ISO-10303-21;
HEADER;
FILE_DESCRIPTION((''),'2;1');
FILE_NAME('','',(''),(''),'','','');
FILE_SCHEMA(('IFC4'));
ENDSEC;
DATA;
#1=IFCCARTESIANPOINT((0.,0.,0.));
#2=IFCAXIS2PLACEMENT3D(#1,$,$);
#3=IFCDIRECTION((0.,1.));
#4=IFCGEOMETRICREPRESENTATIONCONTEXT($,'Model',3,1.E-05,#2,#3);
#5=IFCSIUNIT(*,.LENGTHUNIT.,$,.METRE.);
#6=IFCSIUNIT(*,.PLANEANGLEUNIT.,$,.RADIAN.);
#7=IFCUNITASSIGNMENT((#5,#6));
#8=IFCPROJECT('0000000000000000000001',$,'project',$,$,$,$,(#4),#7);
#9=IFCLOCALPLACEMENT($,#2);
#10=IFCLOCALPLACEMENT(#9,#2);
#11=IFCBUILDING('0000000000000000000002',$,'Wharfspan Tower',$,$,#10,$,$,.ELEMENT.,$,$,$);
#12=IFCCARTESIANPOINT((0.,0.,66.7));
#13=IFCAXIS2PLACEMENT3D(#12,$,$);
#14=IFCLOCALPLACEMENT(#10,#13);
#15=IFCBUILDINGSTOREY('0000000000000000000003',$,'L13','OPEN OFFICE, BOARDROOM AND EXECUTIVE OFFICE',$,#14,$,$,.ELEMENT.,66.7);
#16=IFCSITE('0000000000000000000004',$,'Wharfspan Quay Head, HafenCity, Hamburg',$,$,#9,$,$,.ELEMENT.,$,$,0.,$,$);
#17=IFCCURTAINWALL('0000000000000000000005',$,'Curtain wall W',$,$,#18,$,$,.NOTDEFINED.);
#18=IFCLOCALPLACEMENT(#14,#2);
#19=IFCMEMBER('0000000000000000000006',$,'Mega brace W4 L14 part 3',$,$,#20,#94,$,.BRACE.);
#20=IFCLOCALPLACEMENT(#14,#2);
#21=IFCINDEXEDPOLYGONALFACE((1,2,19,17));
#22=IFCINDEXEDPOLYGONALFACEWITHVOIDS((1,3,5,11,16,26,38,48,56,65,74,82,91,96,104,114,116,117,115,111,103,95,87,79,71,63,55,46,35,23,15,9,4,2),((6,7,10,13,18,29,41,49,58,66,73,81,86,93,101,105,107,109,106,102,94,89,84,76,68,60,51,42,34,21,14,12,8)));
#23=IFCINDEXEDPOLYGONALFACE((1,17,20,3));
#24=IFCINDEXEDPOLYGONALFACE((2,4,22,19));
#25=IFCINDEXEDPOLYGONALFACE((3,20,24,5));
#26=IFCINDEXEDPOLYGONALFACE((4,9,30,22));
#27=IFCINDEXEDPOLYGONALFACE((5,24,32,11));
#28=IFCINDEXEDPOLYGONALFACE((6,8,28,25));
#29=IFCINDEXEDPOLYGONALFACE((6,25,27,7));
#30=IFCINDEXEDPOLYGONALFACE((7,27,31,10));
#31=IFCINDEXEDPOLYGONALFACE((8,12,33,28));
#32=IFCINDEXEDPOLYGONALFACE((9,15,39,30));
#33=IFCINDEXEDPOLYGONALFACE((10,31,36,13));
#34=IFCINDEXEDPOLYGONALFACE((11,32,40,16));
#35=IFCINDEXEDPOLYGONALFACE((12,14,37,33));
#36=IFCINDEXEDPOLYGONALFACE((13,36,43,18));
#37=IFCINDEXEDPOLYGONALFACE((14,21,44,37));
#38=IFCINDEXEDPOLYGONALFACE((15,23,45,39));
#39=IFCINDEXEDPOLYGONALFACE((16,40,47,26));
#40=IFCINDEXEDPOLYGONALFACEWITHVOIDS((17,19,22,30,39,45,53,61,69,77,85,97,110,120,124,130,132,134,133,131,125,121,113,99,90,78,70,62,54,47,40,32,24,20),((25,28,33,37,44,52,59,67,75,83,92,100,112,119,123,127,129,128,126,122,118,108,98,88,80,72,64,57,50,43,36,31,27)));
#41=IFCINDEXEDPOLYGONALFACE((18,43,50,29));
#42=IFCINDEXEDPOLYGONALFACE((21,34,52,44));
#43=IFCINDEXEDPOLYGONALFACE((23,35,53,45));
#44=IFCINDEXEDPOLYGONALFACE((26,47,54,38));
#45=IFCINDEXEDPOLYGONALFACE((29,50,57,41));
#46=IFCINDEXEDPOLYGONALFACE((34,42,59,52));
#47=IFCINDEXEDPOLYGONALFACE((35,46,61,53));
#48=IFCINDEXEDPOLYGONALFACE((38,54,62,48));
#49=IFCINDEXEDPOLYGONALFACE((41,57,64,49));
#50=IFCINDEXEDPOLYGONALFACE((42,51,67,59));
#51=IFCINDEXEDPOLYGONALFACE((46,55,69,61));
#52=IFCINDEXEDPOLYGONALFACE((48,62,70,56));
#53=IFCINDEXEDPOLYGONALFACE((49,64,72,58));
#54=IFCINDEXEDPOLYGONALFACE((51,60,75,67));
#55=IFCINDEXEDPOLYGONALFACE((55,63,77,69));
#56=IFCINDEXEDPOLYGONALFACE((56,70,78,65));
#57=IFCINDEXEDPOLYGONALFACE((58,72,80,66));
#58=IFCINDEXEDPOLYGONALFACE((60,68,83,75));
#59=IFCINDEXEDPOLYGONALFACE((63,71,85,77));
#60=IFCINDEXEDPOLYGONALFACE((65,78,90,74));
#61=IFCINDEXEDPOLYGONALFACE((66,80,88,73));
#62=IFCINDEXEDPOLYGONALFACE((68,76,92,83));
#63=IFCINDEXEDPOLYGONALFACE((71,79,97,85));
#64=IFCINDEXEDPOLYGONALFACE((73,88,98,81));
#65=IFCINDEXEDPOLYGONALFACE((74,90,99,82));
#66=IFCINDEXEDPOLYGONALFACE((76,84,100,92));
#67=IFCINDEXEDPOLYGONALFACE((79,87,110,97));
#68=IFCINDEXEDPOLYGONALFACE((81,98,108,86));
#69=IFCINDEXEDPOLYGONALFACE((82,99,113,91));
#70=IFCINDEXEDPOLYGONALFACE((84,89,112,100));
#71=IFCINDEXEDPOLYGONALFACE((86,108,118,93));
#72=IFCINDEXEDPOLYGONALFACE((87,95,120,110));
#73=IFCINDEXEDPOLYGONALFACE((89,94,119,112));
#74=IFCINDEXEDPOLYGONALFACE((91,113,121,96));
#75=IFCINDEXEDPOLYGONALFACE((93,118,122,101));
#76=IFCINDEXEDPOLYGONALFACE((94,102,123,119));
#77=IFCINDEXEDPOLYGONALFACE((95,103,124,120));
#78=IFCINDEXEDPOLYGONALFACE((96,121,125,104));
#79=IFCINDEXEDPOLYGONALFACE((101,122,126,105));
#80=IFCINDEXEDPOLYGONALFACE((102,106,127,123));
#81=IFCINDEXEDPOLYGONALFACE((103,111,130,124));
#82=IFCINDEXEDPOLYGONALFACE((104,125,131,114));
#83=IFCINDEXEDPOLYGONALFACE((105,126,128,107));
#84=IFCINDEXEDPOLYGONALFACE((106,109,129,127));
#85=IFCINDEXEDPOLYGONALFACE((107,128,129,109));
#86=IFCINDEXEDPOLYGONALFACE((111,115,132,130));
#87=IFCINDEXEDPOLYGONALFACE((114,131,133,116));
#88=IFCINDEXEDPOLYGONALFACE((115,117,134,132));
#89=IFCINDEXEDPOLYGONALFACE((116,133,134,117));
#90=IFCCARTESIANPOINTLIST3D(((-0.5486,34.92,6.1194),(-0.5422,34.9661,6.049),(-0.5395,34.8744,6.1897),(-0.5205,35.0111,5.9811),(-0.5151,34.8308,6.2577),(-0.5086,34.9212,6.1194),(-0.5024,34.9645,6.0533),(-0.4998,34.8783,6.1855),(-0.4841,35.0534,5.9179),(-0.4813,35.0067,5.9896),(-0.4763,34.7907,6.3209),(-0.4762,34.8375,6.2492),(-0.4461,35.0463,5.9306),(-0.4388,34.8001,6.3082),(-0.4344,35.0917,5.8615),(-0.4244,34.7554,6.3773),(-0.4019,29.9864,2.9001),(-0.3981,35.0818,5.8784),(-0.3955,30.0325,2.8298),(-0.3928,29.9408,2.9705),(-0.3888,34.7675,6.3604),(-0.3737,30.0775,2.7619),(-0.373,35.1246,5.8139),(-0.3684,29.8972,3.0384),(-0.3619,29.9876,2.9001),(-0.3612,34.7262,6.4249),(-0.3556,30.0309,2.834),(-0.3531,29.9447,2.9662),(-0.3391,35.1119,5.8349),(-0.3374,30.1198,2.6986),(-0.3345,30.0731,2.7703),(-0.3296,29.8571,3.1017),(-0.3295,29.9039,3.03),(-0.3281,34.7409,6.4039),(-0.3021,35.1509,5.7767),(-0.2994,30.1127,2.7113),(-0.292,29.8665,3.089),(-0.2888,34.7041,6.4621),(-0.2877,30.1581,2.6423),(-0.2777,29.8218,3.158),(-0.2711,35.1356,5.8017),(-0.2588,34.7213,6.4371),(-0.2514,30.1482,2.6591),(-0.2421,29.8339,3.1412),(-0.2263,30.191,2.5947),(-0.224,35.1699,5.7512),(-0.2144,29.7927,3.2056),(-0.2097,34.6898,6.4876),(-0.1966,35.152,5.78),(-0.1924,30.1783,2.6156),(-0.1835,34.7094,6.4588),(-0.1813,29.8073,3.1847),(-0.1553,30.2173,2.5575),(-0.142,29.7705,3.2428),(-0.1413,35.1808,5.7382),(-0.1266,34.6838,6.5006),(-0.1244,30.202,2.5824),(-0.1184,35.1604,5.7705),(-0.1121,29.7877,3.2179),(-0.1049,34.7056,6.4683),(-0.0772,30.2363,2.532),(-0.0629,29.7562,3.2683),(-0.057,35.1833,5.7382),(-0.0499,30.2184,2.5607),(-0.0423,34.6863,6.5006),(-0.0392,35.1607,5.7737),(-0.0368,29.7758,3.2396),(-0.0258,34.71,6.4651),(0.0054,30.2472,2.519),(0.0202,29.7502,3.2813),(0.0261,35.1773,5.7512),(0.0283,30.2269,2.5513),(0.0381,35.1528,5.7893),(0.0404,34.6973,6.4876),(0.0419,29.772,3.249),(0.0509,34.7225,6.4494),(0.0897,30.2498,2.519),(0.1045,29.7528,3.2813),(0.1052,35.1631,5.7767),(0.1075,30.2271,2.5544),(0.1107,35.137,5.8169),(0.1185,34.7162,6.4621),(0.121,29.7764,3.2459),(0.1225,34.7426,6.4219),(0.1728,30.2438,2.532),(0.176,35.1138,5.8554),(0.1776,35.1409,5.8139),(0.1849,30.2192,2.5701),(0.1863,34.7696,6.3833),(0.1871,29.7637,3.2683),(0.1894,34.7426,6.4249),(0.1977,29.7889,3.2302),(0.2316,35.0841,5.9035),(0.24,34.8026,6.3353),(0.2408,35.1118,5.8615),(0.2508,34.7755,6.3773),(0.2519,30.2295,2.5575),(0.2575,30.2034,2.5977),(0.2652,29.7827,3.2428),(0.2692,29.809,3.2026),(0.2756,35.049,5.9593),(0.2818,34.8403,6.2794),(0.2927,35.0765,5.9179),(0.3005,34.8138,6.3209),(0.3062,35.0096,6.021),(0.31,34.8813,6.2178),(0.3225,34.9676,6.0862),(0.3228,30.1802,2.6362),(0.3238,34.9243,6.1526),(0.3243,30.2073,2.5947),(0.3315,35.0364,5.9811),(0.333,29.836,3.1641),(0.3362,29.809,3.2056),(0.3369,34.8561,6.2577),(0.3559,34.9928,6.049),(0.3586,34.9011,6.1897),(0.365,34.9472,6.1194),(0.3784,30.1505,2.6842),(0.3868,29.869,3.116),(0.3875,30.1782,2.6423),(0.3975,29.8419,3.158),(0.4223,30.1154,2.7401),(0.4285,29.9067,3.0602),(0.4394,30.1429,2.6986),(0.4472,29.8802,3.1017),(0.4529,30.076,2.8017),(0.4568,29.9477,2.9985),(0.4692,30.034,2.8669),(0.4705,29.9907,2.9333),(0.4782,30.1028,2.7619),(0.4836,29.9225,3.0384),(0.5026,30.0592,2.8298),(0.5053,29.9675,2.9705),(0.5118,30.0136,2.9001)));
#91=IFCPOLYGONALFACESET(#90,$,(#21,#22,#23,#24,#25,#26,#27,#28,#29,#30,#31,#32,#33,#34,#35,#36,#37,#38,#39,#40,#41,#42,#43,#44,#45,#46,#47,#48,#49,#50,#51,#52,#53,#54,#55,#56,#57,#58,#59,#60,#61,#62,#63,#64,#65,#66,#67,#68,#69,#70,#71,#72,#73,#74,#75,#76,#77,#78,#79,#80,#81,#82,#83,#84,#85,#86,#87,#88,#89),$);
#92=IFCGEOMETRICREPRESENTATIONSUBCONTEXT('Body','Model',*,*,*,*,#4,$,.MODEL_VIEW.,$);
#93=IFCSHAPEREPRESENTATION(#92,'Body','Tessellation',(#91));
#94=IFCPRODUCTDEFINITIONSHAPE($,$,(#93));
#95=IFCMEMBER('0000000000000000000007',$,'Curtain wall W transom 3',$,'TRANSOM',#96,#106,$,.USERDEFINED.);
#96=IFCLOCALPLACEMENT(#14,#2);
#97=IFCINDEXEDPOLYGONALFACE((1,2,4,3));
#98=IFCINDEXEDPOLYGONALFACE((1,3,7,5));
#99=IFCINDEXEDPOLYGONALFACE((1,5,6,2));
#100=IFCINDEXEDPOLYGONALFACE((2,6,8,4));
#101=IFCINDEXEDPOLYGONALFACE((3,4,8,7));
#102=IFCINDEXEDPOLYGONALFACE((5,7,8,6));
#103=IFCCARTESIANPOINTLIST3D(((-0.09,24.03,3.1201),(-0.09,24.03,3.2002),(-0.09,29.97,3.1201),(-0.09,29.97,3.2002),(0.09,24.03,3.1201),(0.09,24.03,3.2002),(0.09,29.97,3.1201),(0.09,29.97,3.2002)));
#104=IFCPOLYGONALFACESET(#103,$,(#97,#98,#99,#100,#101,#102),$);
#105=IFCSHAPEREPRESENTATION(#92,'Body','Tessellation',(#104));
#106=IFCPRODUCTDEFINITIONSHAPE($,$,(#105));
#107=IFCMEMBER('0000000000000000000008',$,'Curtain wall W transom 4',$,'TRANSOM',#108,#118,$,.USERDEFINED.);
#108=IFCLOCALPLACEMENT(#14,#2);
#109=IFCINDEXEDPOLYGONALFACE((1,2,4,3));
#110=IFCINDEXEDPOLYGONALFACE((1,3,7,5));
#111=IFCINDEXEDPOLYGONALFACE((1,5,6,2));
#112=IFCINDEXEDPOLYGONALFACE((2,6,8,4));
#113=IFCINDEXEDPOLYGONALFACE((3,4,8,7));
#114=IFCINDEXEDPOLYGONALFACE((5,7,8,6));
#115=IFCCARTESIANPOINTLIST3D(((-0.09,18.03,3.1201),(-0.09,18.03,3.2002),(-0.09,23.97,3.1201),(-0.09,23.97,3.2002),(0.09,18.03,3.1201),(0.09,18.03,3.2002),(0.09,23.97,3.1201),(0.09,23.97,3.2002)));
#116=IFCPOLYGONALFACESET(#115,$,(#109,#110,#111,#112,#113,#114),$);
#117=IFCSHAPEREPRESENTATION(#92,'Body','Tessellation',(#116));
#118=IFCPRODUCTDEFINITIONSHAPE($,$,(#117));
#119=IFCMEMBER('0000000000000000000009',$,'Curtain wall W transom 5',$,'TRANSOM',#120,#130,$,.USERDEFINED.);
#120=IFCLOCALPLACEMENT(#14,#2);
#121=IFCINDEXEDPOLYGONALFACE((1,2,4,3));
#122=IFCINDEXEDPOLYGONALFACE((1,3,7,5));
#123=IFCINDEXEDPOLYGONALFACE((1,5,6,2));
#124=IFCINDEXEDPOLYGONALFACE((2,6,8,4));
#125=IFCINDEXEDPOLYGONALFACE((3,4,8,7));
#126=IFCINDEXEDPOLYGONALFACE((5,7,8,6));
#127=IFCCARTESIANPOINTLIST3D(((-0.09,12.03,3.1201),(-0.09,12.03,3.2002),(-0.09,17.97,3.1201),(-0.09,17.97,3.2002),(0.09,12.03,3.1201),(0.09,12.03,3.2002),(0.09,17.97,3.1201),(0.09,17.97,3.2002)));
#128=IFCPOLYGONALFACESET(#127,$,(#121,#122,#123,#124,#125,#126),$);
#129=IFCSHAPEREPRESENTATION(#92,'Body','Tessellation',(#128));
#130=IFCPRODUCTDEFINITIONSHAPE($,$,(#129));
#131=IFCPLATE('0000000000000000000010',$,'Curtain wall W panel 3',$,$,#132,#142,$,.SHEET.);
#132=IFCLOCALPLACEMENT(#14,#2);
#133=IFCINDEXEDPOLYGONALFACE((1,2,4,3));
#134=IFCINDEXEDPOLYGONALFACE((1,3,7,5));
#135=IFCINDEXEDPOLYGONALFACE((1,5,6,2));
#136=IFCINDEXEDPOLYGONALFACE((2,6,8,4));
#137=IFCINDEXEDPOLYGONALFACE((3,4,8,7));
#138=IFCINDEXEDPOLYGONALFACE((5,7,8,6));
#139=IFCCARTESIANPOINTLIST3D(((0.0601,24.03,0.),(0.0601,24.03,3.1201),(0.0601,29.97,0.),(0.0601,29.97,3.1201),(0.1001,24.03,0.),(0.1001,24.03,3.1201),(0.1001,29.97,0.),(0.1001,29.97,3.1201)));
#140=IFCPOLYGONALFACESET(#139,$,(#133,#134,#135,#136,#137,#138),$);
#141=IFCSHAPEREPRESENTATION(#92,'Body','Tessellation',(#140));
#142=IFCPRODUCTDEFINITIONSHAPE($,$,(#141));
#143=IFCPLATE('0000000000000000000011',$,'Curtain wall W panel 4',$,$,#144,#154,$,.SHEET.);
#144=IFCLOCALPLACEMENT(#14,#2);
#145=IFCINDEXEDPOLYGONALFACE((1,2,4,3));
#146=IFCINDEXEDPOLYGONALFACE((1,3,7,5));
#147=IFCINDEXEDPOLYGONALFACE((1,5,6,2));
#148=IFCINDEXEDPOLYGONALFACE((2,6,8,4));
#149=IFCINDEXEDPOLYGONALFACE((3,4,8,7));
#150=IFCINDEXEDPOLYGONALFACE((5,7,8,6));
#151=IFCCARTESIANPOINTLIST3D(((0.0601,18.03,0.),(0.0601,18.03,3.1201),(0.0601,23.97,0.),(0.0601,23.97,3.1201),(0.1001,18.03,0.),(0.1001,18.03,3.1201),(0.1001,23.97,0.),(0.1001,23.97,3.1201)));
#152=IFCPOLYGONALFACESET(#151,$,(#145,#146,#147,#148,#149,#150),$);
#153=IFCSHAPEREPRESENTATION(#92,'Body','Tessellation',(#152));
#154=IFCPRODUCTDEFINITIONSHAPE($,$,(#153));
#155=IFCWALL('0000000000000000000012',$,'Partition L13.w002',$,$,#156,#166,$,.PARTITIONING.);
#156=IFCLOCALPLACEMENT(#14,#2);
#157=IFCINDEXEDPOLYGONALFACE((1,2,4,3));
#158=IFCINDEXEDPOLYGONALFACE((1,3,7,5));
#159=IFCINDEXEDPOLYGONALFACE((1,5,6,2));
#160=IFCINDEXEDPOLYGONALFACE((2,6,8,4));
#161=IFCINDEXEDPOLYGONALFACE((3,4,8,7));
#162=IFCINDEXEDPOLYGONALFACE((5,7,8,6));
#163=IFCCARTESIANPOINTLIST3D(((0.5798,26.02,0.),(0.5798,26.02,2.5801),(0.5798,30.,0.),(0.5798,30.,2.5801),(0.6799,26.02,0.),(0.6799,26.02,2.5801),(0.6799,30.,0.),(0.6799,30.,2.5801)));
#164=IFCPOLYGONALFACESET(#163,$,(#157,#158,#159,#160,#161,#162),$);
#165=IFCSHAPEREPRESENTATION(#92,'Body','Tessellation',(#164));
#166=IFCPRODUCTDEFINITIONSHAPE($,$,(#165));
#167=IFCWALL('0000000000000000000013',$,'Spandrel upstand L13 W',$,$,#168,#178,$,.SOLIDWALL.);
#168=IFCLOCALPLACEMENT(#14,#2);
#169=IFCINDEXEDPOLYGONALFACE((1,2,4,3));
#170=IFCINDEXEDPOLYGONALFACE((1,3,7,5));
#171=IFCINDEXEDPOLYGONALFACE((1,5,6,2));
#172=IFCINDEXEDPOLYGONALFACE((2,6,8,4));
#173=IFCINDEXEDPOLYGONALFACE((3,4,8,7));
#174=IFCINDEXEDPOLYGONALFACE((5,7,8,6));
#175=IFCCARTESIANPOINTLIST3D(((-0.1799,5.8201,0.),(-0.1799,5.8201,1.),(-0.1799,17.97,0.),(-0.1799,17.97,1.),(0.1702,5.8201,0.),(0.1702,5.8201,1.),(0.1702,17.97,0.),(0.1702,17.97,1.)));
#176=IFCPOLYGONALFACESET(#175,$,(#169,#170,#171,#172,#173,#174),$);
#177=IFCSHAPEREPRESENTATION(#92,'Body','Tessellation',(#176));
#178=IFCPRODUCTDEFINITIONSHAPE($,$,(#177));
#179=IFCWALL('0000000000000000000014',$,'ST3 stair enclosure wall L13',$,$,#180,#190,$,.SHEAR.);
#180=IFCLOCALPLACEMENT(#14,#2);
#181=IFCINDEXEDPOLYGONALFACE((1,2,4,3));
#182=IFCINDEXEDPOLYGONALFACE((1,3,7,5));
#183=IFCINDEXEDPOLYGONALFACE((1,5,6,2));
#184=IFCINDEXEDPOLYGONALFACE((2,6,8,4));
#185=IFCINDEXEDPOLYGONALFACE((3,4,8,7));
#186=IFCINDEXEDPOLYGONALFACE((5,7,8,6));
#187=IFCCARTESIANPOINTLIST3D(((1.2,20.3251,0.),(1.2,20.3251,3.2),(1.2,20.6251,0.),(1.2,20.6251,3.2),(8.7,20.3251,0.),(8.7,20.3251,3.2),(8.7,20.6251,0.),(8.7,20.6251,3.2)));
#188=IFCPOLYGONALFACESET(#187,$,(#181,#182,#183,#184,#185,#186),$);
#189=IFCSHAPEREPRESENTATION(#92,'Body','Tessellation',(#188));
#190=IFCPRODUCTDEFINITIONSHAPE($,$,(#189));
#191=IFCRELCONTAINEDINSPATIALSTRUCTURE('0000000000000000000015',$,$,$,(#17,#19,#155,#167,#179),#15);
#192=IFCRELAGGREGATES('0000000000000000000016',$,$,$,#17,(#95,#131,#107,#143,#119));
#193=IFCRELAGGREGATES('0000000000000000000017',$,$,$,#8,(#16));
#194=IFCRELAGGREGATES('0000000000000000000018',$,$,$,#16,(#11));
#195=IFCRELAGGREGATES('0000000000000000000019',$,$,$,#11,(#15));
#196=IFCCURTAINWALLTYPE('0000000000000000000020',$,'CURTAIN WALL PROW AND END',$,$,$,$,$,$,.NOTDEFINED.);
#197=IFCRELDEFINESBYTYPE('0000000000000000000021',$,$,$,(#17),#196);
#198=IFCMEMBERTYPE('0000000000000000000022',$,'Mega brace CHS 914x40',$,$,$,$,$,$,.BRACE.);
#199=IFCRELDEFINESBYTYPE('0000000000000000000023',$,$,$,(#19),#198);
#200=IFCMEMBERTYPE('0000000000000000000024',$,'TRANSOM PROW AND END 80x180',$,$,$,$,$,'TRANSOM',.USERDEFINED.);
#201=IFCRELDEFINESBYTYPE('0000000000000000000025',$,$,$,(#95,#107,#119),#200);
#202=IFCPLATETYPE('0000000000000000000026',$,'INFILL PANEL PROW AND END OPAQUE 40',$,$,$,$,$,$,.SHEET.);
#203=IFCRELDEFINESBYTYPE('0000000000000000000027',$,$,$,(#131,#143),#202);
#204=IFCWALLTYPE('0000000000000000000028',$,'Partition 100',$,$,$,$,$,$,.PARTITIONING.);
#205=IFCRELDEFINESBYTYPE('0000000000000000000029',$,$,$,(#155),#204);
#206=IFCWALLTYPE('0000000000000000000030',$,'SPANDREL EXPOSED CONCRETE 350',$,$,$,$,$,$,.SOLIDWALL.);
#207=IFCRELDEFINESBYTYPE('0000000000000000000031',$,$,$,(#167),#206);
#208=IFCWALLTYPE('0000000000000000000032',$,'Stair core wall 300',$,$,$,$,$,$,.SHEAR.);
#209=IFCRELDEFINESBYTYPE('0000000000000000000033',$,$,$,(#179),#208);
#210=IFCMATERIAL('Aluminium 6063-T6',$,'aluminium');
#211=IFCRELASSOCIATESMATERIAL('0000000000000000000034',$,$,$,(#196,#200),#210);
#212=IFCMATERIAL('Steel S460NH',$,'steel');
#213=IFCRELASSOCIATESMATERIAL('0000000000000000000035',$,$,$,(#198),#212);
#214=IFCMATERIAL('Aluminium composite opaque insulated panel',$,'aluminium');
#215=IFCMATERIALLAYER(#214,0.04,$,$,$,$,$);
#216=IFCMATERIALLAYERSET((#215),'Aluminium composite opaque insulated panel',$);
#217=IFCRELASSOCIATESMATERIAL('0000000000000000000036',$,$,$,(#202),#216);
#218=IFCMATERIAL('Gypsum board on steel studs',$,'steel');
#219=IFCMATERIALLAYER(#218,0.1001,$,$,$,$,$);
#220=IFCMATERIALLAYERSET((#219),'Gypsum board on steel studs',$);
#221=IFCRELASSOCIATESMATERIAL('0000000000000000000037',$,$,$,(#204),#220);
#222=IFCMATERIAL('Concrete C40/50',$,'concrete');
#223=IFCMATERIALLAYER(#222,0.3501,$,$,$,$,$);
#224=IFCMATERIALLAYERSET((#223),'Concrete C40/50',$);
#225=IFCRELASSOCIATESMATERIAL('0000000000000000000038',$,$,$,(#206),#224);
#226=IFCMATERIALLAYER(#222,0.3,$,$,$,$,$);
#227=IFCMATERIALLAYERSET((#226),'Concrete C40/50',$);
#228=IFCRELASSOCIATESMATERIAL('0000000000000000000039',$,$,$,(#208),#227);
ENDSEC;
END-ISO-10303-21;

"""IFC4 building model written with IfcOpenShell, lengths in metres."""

from ifc_helpers import new_model, si_unit, direction, frame, frame_2d, origin, origin_2d, place, context, subcontext, project, spatial, rectangle, hollow_circle, extrude, material, layer, layer_set, material_profile, profile_set, type_object, element, aggregate, save


model = new_model("IFC4")

# Units and contexts
model_context = context("Model", 3, precision=1e-05, world=origin(), true_north=direction((0.0, 1.0)))
body_context = subcontext(model_context, "Body", "Model", "MODEL_VIEW")
ifc_project = project(units=[si_unit("LENGTHUNIT", "METRE"), si_unit("PLANEANGLEUNIT", "RADIAN")], contexts=[model_context])

# Site, building, storey
site_placement = place(None, origin())
site = spatial("IfcSite", under=ifc_project, at=site_placement, Name="Wharfspan Quay Head, HafenCity, Hamburg", CompositionType="ELEMENT", RefElevation=0.0)
building_placement = place(site_placement, origin())
building = spatial("IfcBuilding", under=site, at=building_placement, Name="Wharfspan Tower", CompositionType="ELEMENT")
storey_placement = place(building_placement, frame((0.0, 0.0, 66.7)))
storey = spatial("IfcBuildingStorey", under=building, at=storey_placement, Name="L13", Description="OPEN OFFICE, BOARDROOM AND EXECUTIVE OFFICE", CompositionType="ELEMENT", Elevation=66.7)

# Curtain wall
ifc_material_1 = material(Name="Aluminium 6063-T6", Category="aluminium")
curtain_wall_type = type_object("IfcCurtainWallType", Name="CURTAIN WALL PROW AND END", PredefinedType="NOTDEFINED", material=ifc_material_1)
curtain_wall_placement = place(storey_placement, origin())
curtain_wall = element("IfcCurtainWall", 1, at=curtain_wall_placement, inside=storey, type_object=curtain_wall_type, Name="Curtain wall W", PredefinedType="NOTDEFINED")

# Member
ifc_material_2 = material(Name="Steel S460NH", Category="steel")
ifc_material_profile_1 = material_profile(ifc_material_2, hollow_circle(Radius=0.457, WallThickness=0.04, at=origin_2d()))
ifc_profile_set_1 = profile_set([ifc_material_profile_1], Name="Steel S460NH")
member_type_1 = type_object("IfcMemberType", Name="Mega brace CHS 914x40", PredefinedType="BRACE", material=ifc_profile_set_1)
member_1_placement = place(storey_placement, frame((0.0549, 30.0, 2.9001), z_axis=(-0.0249, 0.837221, 0.546298), x_axis=(-0.999556, -0.02973, 0.000003)))
element("IfcMember", 2, at=member_1_placement, inside=storey, type_object=member_type_1, Name="Mega brace W4 L14 part 3", PredefinedType="BRACE", context=body_context, shape_type="SweptSolid", body=[
    extrude(hollow_circle(Radius=0.457, WallThickness=0.04, at=origin_2d()), origin(), (0.0, 0.0, 1.0), 5.8928),
])

# Members
ifc_material_profile_2 = material_profile(ifc_material_1, rectangle(XDim=0.1799, YDim=0.0801, at=origin_2d()))
ifc_profile_set_2 = profile_set([ifc_material_profile_2], Name="Aluminium 6063-T6")
member_type_2 = type_object("IfcMemberType", Name="TRANSOM PROW AND END 80x180", ElementType="TRANSOM", PredefinedType="USERDEFINED", material=ifc_profile_set_2)
member_2_placement = place(storey_placement, frame((0.0, 29.97, 3.1602), z_axis=(0.0, -1.0, 0.0), x_axis=(1.0, 0.0, 0.0)))
member_2 = element("IfcMember", 3, at=member_2_placement, type_object=member_type_2, Name="Curtain wall W transom 3", ObjectType="TRANSOM", PredefinedType="USERDEFINED", context=body_context, shape_type="SweptSolid", body=[
    extrude(rectangle(XDim=0.1799, YDim=0.0801, at=origin_2d()), origin(), (0.0, 0.0, 1.0), 5.9399),
])
member_3_placement = place(storey_placement, frame((0.0, 23.97, 3.1602), z_axis=(0.0, -1.0, 0.0), x_axis=(1.0, 0.0, 0.0)))
member_3 = element("IfcMember", 4, at=member_3_placement, type_object=member_type_2, Name="Curtain wall W transom 4", ObjectType="TRANSOM", PredefinedType="USERDEFINED", context=body_context, shape_type="SweptSolid", body=[
    extrude(rectangle(XDim=0.1799, YDim=0.0801, at=origin_2d()), origin(), (0.0, 0.0, 1.0), 5.9399),
])
member_4_placement = place(storey_placement, frame((0.0, 17.97, 3.1602), z_axis=(0.0, -1.0, 0.0), x_axis=(1.0, 0.0, 0.0)))
member_4 = element("IfcMember", 5, at=member_4_placement, type_object=member_type_2, Name="Curtain wall W transom 5", ObjectType="TRANSOM", PredefinedType="USERDEFINED", context=body_context, shape_type="SweptSolid", body=[
    extrude(rectangle(XDim=0.1799, YDim=0.0801, at=origin_2d()), origin(), (0.0, 0.0, 1.0), 5.9399),
])

# Plates
ifc_material_3 = material(Name="Aluminium composite opaque insulated panel", Category="aluminium")
ifc_layer_1 = layer(ifc_material_3, 0.04)
ifc_layer_set_1 = layer_set([ifc_layer_1], Name="Aluminium composite opaque insulated panel")
plate_type = type_object("IfcPlateType", Name="INFILL PANEL PROW AND END OPAQUE 40", PredefinedType="SHEET", material=ifc_layer_set_1)
plate_1_placement = place(storey_placement, frame((0.0801, 27.0, 0.0), z_axis=(0.0, 0.0, 1.0), x_axis=(0.0, -1.0, 0.0)))
plate_1 = element("IfcPlate", 6, at=plate_1_placement, type_object=plate_type, Name="Curtain wall W panel 3", PredefinedType="SHEET", context=body_context, shape_type="SweptSolid", body=[
    extrude(rectangle(XDim=5.9399, YDim=0.04, at=origin_2d()), origin(), (0.0, 0.0, 1.0), 3.1201),
])
plate_2_placement = place(storey_placement, frame((0.0801, 21.0, 0.0), z_axis=(0.0, 0.0, 1.0), x_axis=(0.0, -1.0, 0.0)))
plate_2 = element("IfcPlate", 7, at=plate_2_placement, type_object=plate_type, Name="Curtain wall W panel 4", PredefinedType="SHEET", context=body_context, shape_type="SweptSolid", body=[
    extrude(rectangle(XDim=5.9399, YDim=0.04, at=origin_2d()), origin(), (0.0, 0.0, 1.0), 3.1201),
])
aggregate(curtain_wall, [member_2, plate_1, member_3, plate_2, member_4])

# Walls
ifc_material_4 = material(Name="Gypsum board on steel studs", Category="steel")
ifc_layer_2 = layer(ifc_material_4, 0.1001)
ifc_layer_set_2 = layer_set([ifc_layer_2], Name="Gypsum board on steel studs")
wall_type_1 = type_object("IfcWallType", Name="Partition 100", PredefinedType="PARTITIONING", material=ifc_layer_set_2)
wall_1_placement = place(storey_placement, frame((0.6299, 26.02, 0.0), z_axis=(0.0, 0.0, 1.0), x_axis=(0.0, 1.0, 0.0)))
element("IfcWall", 8, at=wall_1_placement, inside=storey, type_object=wall_type_1, Name="Partition L13.w002", PredefinedType="PARTITIONING", context=body_context, shape_type="SweptSolid", body=[
    extrude(rectangle(XDim=3.98, YDim=0.1001, at=frame_2d((1.99, 0.0))), origin(), (0.0, 0.0, 1.0), 2.5801),
])
ifc_material_5 = material(Name="Concrete C40/50", Category="concrete")
ifc_layer_3 = layer(ifc_material_5, 0.3501)
ifc_layer_set_3 = layer_set([ifc_layer_3], Name="Concrete C40/50")
wall_type_2 = type_object("IfcWallType", Name="SPANDREL EXPOSED CONCRETE 350", PredefinedType="SOLIDWALL", material=ifc_layer_set_3)
wall_2_placement = place(storey_placement, frame((-0.0049, 17.97, 0.0), z_axis=(0.0, 0.0, 1.0), x_axis=(0.0, -1.0, 0.0)))
element("IfcWall", 9, at=wall_2_placement, inside=storey, type_object=wall_type_2, Name="Spandrel upstand L13 W", PredefinedType="SOLIDWALL", context=body_context, shape_type="SweptSolid", body=[
    extrude(rectangle(XDim=12.1499, YDim=0.3501, at=frame_2d((6.075, 0.0))), origin(), (0.0, 0.0, 1.0), 1.0),
])
ifc_layer_4 = layer(ifc_material_5, 0.3)
ifc_layer_set_4 = layer_set([ifc_layer_4], Name="Concrete C40/50")
wall_type_3 = type_object("IfcWallType", Name="Stair core wall 300", PredefinedType="SHEAR", material=ifc_layer_set_4)
for number, where, z_axis, x_axis, name in (
    (10, (1.2, 20.4751, 0.0), (0.0, 0.0, 1.0), (1.0, 0.0, 0.0), "ST3 stair enclosure wall L13"),
):
    element("IfcWall", number, at=place(storey_placement, frame(where, z_axis=z_axis, x_axis=x_axis)), inside=storey, type_object=wall_type_3, Name=name, PredefinedType="SHEAR", context=body_context, shape_type="SweptSolid", body=[
        extrude(rectangle(XDim=7.5, YDim=0.3, at=frame_2d((3.75, 0.0))), origin(), (0.0, 0.0, 1.0), 3.2),
    ])

save(model, "model.ifc")
